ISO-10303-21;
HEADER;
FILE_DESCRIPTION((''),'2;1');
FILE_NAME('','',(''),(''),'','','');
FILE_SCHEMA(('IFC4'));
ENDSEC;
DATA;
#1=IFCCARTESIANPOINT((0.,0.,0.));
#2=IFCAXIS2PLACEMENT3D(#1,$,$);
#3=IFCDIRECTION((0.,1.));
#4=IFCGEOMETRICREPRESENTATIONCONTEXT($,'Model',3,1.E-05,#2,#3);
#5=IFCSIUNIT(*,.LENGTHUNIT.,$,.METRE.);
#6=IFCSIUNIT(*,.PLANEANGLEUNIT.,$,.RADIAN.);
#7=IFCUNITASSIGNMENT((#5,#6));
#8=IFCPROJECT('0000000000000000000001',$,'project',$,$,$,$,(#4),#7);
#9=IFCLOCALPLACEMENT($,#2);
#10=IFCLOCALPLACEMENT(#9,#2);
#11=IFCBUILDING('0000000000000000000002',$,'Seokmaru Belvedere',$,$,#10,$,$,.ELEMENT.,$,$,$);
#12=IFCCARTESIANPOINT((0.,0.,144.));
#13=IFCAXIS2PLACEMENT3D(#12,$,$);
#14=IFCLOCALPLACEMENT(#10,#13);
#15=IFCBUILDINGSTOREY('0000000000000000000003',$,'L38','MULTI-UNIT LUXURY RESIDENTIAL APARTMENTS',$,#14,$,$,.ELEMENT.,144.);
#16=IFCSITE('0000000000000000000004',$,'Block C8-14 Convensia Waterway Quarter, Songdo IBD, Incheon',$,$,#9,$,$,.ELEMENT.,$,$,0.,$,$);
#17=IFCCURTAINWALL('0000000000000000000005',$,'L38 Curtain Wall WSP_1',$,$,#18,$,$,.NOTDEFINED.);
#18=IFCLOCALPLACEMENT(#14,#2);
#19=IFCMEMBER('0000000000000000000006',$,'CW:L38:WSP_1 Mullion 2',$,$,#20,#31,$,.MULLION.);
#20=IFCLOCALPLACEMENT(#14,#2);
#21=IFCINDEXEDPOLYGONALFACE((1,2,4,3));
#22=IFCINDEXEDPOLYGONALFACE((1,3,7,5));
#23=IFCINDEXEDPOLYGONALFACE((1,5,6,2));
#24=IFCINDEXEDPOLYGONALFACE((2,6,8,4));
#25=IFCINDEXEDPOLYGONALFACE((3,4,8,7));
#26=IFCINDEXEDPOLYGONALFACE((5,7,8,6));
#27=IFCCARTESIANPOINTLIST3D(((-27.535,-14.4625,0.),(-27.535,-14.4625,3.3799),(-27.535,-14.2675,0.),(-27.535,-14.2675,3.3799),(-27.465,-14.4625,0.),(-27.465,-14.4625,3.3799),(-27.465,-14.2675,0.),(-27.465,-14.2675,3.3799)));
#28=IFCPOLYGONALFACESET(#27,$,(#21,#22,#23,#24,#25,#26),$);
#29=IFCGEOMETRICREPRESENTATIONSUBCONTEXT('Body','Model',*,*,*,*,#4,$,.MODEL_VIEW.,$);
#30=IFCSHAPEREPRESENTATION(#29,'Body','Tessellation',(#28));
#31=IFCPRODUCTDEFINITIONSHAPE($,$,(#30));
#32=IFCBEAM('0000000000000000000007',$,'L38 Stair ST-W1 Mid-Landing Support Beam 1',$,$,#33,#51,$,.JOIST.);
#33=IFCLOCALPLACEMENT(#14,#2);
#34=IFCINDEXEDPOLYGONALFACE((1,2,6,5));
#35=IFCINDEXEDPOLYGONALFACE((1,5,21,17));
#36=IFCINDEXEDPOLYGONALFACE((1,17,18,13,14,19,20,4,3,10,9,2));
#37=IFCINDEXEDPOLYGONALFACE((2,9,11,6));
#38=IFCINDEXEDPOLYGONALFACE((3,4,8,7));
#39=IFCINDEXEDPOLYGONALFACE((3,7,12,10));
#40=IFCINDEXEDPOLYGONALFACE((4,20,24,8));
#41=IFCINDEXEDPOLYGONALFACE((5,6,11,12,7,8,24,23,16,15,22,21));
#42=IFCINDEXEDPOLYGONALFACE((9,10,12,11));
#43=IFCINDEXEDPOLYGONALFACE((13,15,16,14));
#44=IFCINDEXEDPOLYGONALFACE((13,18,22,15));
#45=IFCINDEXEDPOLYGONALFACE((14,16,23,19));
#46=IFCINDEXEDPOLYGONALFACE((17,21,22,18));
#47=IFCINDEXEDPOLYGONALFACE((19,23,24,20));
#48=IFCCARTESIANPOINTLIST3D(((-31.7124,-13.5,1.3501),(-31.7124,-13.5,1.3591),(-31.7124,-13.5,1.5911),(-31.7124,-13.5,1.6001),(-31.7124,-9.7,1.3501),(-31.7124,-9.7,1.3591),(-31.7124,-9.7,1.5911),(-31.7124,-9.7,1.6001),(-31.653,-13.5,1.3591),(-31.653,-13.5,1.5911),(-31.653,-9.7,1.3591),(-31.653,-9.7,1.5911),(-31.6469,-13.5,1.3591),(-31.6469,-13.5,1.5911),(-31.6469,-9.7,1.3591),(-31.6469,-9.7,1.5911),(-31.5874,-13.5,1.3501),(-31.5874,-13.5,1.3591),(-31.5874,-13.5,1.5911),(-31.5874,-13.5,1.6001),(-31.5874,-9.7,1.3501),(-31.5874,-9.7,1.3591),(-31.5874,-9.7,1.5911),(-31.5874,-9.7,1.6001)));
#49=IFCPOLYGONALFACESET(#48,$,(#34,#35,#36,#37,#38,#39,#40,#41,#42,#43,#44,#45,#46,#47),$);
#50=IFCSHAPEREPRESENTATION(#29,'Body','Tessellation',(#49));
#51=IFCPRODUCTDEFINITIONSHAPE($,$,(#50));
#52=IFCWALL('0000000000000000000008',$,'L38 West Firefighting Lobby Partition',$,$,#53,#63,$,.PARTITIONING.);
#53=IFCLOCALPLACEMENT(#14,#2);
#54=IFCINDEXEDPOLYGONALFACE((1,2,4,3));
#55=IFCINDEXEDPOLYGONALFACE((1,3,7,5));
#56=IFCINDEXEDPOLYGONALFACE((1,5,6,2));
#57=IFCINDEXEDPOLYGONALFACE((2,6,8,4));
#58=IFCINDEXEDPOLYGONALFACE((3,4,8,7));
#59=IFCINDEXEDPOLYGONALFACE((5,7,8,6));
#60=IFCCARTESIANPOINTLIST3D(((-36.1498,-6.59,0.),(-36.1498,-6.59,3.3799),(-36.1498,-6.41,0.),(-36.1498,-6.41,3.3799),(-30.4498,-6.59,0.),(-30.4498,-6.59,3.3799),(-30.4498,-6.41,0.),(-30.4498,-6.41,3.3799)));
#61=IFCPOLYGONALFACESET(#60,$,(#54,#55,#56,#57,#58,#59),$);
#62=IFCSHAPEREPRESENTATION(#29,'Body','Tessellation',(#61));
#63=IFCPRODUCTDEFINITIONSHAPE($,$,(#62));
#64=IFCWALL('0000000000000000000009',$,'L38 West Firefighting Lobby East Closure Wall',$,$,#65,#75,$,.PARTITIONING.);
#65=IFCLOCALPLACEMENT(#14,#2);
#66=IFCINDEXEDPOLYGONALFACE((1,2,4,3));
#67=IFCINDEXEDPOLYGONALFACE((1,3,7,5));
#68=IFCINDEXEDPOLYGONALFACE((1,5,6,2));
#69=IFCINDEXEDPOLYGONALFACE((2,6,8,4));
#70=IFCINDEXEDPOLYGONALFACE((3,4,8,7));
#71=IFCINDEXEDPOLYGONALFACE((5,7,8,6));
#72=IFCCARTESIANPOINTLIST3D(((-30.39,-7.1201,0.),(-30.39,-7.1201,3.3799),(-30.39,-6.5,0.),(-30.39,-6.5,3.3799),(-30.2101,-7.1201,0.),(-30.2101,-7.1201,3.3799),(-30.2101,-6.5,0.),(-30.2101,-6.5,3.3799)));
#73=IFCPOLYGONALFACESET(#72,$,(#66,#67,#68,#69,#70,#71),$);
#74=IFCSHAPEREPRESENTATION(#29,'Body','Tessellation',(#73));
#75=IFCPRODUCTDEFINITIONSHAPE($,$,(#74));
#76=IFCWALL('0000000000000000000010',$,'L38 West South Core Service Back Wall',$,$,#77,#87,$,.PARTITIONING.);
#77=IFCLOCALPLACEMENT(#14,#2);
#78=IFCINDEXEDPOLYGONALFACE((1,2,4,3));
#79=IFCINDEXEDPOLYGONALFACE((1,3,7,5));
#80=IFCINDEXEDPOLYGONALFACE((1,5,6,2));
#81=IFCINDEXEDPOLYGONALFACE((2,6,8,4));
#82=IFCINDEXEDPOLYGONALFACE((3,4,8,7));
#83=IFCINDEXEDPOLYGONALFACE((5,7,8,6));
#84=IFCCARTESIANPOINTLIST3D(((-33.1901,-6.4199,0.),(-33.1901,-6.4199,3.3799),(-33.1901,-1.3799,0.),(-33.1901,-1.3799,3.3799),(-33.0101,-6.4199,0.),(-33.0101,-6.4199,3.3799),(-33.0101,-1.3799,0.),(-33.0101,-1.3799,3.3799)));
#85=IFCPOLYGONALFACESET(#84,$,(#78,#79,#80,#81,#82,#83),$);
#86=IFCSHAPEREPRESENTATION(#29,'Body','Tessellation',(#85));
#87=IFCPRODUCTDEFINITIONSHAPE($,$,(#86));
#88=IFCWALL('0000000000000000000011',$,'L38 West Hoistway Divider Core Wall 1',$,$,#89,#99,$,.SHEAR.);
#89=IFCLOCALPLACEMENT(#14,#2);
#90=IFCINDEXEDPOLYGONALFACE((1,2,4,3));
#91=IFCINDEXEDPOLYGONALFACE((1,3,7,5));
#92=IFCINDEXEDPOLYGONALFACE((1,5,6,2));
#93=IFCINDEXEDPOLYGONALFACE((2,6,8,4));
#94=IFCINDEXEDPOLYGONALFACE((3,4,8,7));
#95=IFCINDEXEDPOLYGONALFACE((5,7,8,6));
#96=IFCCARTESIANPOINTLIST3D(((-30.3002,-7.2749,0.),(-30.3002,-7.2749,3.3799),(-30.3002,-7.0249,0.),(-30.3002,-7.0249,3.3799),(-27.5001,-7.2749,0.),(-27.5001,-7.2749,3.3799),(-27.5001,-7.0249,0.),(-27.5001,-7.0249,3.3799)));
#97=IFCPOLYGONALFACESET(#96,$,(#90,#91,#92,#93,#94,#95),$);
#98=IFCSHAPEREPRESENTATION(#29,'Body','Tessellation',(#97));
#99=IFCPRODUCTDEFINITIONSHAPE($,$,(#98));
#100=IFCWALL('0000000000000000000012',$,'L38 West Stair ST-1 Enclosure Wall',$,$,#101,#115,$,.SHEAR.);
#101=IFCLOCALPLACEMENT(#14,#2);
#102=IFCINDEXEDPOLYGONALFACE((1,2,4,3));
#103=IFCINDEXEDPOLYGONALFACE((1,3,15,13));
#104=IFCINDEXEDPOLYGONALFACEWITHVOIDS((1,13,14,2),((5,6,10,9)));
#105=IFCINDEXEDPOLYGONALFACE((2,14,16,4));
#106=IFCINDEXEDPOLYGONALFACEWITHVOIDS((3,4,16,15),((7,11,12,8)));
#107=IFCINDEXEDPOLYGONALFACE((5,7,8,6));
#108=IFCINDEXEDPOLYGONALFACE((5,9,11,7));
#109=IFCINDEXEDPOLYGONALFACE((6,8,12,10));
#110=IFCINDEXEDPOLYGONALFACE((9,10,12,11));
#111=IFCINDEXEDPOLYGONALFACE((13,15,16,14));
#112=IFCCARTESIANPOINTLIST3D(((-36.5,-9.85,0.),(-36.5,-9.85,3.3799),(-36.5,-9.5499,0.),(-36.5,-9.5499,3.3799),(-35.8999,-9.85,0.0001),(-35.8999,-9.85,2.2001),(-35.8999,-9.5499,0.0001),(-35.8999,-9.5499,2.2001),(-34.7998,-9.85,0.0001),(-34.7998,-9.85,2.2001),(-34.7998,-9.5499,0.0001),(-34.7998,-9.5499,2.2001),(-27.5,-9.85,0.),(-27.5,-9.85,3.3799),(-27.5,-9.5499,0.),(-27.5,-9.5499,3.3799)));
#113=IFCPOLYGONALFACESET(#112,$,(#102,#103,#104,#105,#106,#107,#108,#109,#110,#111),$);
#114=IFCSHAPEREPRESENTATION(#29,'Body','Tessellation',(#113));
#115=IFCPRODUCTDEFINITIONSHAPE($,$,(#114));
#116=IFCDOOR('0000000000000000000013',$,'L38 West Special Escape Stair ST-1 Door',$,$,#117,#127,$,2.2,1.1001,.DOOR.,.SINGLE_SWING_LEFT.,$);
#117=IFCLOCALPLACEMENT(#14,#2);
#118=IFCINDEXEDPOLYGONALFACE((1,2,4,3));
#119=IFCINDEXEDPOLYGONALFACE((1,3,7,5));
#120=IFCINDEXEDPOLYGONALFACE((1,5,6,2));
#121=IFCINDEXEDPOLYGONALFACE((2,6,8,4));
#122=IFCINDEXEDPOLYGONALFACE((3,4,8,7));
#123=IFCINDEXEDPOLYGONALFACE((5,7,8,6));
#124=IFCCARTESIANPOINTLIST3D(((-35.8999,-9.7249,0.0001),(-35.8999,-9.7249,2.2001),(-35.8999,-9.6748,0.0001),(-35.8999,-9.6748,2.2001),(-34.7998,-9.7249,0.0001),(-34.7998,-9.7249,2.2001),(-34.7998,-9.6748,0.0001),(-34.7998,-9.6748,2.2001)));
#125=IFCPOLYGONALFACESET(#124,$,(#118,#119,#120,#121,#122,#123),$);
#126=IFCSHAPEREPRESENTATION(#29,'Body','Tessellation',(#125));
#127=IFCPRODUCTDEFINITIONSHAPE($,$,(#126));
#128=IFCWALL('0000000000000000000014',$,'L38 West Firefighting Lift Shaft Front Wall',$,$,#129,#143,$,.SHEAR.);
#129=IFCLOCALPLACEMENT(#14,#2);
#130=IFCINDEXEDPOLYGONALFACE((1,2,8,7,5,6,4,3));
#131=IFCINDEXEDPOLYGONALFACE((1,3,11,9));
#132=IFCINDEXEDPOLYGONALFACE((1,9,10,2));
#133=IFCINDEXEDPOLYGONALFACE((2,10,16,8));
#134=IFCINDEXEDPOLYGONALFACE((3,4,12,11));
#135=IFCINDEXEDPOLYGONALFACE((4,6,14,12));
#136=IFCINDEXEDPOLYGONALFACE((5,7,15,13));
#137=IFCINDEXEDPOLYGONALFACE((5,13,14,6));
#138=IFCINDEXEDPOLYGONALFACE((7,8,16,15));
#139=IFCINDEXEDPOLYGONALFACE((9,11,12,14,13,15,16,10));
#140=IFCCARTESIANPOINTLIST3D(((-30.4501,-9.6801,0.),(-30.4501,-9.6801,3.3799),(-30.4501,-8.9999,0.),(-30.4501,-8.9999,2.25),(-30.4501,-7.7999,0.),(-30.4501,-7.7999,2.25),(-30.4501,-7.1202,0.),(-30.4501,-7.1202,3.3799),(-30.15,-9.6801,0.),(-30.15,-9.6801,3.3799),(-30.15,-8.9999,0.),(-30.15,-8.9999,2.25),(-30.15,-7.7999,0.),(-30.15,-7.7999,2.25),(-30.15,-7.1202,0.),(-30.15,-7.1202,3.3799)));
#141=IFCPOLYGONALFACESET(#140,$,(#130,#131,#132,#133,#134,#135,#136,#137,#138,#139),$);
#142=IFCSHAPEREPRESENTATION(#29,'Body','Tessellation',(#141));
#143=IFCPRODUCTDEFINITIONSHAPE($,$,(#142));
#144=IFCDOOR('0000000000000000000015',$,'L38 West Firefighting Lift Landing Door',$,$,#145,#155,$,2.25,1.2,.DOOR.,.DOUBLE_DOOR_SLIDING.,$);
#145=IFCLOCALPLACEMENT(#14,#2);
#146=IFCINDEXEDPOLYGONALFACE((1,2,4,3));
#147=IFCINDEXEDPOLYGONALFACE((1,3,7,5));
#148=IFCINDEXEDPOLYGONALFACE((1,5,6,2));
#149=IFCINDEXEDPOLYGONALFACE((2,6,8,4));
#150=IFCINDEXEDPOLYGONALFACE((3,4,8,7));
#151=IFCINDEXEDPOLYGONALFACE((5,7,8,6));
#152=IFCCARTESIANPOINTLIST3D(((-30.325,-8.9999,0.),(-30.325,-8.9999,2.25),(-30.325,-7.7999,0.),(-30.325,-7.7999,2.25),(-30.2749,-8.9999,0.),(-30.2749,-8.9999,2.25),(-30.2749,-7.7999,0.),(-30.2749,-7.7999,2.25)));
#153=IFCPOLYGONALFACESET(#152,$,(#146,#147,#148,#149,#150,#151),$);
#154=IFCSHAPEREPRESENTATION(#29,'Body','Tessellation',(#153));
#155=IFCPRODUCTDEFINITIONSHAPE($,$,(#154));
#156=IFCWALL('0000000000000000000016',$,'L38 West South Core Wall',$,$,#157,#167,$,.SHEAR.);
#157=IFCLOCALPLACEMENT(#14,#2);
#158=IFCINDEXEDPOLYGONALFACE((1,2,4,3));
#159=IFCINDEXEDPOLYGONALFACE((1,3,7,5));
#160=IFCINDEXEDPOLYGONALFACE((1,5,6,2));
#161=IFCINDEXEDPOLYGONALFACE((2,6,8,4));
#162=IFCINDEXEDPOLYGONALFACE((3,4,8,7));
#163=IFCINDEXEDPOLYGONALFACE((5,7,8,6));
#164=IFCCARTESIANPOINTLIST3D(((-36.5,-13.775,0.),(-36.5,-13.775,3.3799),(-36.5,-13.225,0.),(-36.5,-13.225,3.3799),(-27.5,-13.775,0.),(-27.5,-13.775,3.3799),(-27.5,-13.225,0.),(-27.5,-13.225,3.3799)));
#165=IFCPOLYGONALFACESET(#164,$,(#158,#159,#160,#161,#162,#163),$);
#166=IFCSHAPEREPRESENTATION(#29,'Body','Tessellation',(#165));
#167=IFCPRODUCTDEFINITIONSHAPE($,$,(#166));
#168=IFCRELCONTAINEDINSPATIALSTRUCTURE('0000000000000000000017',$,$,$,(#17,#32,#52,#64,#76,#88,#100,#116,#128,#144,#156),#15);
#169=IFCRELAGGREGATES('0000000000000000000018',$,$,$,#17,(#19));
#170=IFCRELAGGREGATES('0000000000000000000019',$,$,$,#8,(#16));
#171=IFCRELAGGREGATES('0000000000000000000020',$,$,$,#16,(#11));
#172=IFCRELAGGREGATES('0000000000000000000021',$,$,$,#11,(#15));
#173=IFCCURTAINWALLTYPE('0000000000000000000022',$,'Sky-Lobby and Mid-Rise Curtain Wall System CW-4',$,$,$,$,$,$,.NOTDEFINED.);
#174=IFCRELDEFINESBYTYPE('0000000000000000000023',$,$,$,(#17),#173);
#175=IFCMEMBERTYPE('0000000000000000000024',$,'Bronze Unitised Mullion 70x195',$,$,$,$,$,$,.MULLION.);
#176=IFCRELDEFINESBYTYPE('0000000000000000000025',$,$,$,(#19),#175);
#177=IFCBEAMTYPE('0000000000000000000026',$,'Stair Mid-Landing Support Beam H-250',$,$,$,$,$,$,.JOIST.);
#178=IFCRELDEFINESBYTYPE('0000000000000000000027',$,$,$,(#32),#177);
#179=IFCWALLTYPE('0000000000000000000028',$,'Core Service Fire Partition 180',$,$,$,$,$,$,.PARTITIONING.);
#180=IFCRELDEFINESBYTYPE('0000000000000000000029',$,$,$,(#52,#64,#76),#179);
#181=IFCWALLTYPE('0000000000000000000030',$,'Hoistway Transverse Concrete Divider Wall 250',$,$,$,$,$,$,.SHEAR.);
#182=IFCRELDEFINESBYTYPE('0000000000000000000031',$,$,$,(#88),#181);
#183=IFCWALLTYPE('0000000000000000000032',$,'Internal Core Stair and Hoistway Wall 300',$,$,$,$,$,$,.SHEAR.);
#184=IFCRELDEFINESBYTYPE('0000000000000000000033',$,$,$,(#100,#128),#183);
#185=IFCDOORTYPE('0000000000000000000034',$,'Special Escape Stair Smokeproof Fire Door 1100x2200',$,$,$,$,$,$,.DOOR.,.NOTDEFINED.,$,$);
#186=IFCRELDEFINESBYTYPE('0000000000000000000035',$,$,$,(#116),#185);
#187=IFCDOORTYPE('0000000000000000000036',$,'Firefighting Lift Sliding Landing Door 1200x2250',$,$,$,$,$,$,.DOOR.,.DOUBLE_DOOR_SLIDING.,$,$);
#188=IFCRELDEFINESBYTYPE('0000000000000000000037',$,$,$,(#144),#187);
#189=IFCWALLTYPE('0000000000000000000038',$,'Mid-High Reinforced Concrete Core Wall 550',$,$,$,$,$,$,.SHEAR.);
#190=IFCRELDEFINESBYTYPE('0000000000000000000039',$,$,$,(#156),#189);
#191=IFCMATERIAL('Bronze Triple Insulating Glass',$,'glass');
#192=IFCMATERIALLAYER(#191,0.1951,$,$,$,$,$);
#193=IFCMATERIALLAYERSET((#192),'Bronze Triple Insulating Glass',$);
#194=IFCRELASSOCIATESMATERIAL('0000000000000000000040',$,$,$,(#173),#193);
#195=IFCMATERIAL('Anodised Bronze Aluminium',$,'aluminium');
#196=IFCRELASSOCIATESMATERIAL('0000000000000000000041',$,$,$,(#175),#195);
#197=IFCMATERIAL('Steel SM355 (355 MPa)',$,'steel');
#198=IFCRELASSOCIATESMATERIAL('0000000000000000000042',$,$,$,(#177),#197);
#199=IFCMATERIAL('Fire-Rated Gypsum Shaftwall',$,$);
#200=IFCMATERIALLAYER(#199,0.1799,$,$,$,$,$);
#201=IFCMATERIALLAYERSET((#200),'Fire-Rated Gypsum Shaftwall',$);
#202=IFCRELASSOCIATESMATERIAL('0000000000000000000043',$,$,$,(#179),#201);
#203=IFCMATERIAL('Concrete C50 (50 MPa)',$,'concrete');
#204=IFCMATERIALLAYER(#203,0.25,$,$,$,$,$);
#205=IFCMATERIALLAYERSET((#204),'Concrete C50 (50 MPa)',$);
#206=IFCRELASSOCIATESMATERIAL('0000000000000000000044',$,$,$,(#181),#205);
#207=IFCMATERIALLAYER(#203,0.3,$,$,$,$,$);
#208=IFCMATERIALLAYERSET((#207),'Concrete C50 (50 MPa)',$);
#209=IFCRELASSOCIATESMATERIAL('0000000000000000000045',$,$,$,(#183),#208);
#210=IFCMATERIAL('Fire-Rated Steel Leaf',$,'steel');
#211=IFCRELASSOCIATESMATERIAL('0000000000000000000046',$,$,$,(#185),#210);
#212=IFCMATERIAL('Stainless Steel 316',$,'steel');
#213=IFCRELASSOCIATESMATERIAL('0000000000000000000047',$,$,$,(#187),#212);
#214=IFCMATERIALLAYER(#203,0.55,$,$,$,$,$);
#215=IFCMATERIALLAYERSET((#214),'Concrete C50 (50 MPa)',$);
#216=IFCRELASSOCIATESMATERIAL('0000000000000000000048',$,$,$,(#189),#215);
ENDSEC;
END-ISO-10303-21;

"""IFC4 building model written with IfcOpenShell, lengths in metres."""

from ifc_helpers import new_model, si_unit, direction, frame, frame_2d, origin, origin_2d, place, context, subcontext, project, spatial, rectangle, i_section, extrude, source, transform, mapped, material, layer, layer_set, material_profile, profile_set, type_object, type_shapes, element, fill, aggregate, save


model = new_model("IFC4")

# Units and contexts
model_context = context("Model", 3, precision=1e-05, world=origin(), true_north=direction((0.0, 1.0)))
body_context = subcontext(model_context, "Body", "Model", "MODEL_VIEW")
ifc_project = project(units=[si_unit("LENGTHUNIT", "METRE"), si_unit("PLANEANGLEUNIT", "RADIAN")], contexts=[model_context])

# Site, building, storey
site_placement = place(None, origin())
site = spatial("IfcSite", under=ifc_project, at=site_placement, Name="Block C8-14 Convensia Waterway Quarter, Songdo IBD, Incheon", CompositionType="ELEMENT", RefElevation=0.0)
building_placement = place(site_placement, origin())
building = spatial("IfcBuilding", under=site, at=building_placement, Name="Seokmaru Belvedere", CompositionType="ELEMENT")
storey_placement = place(building_placement, frame((0.0, 0.0, 144.0)))
storey = spatial("IfcBuildingStorey", under=building, at=storey_placement, Name="L38", Description="MULTI-UNIT LUXURY RESIDENTIAL APARTMENTS", CompositionType="ELEMENT", Elevation=144.0)

# Shared definitions
ifc_material_1 = material(Name="Steel SM355 (355 MPa)", Category="steel")

# Curtain wall, member
ifc_material_2 = material(Name="Bronze Triple Insulating Glass", Category="glass")
ifc_layer_1 = layer(ifc_material_2, 0.1951)
ifc_layer_set_1 = layer_set([ifc_layer_1], Name="Bronze Triple Insulating Glass")
curtain_wall_type = type_object("IfcCurtainWallType", Name="Sky-Lobby and Mid-Rise Curtain Wall System CW-4", PredefinedType="NOTDEFINED", material=ifc_layer_set_1)
curtain_wall_placement = place(storey_placement, origin())
curtain_wall = element("IfcCurtainWall", 1, at=curtain_wall_placement, inside=storey, type_object=curtain_wall_type, Name="L38 Curtain Wall WSP_1", PredefinedType="NOTDEFINED")
ifc_material_3 = material(Name="Anodised Bronze Aluminium", Category="aluminium")
ifc_material_profile_1 = material_profile(ifc_material_3, rectangle(XDim=0.0701, YDim=0.1951, at=origin_2d()), Name="CW-M-70x195")
ifc_profile_set_1 = profile_set([ifc_material_profile_1], Name="Anodised Bronze Aluminium")
member_type = type_object("IfcMemberType", Name="Bronze Unitised Mullion 70x195", PredefinedType="MULLION", material=ifc_profile_set_1)
shared_shape_1 = source(origin(), body_context, "Body", "SweptSolid", [
    extrude(rectangle(XDim=0.0701, YDim=0.1951, at=origin_2d()), origin(), (0.0, 0.0, 1.0), 3.3799),
])
type_shapes(member_type, [shared_shape_1])
member_placement = place(storey_placement, frame((-27.5, -14.365, 0.0), z_axis=(0.0, 0.0, 1.0), x_axis=(-1.0, 0.0, 0.0)))
member = element("IfcMember", 2, at=member_placement, type_object=member_type, Name="CW:L38:WSP_1 Mullion 2", PredefinedType="MULLION", context=body_context, shape_type="MappedRepresentation", body=[
    mapped(shared_shape_1, transform((0.0, 0.0, 0.0), scale=1.0)),
])
aggregate(curtain_wall, [member])

# Beam
ifc_material_profile_2 = material_profile(ifc_material_1, i_section(OverallWidth=0.125, OverallDepth=0.25, WebThickness=0.0061, FlangeThickness=0.009, at=origin_2d()), Name="H-250x125x6x9")
ifc_profile_set_2 = profile_set([ifc_material_profile_2], Name="Steel SM355 (355 MPa)")
beam_type_1 = type_object("IfcBeamType", Name="Stair Mid-Landing Support Beam H-250", PredefinedType="JOIST", material=ifc_profile_set_2)
shared_shape_2 = source(origin(), body_context, "Body", "SweptSolid", [
    extrude(i_section(OverallWidth=0.125, OverallDepth=0.25, WebThickness=0.0061, FlangeThickness=0.009, at=origin_2d()), origin(), (0.0, 0.0, 1.0), 3.8),
])
type_shapes(beam_type_1, [shared_shape_2])
beam_1_placement = place(storey_placement, frame((-31.6499, -13.5, 1.4751), z_axis=(0.0, 1.0, 0.0), x_axis=(-1.0, 0.0, 0.0)))
element("IfcBeam", 3, at=beam_1_placement, inside=storey, type_object=beam_type_1, Name="L38 Stair ST-W1 Mid-Landing Support Beam 1", PredefinedType="JOIST", context=body_context, shape_type="MappedRepresentation", body=[
    mapped(shared_shape_2, transform((0.0, 0.0, 0.0), scale=1.0)),
])

# Walls
ifc_material_4 = material(Name="Fire-Rated Gypsum Shaftwall")
ifc_layer_2 = layer(ifc_material_4, 0.1799)
ifc_layer_set_2 = layer_set([ifc_layer_2], Name="Fire-Rated Gypsum Shaftwall")
wall_type_1 = type_object("IfcWallType", Name="Core Service Fire Partition 180", PredefinedType="PARTITIONING", material=ifc_layer_set_2)
wall_1_placement = place(storey_placement, frame((-36.1499, -6.5, 0.0), z_axis=(0.0, 0.0, 1.0), x_axis=(1.0, 0.0, 0.0)))
element("IfcWall", 4, at=wall_1_placement, inside=storey, type_object=wall_type_1, Name="L38 West Firefighting Lobby Partition", PredefinedType="PARTITIONING", context=body_context, shape_type="SweptSolid", body=[
    extrude(rectangle(XDim=5.7, YDim=0.1799, at=frame_2d((2.8501, 0.0))), origin(), (0.0, 0.0, 1.0), 3.3799),
])
wall_2_placement = place(storey_placement, frame((-30.3, -7.1201, 0.0), z_axis=(0.0, 0.0, 1.0), x_axis=(0.0, 1.0, 0.0)))
element("IfcWall", 5, at=wall_2_placement, inside=storey, type_object=wall_type_1, Name="L38 West Firefighting Lobby East Closure Wall", PredefinedType="PARTITIONING", context=body_context, shape_type="SweptSolid", body=[
    extrude(rectangle(XDim=0.6201, YDim=0.1799, at=frame_2d((0.3101, 0.0))), origin(), (0.0, 0.0, 1.0), 3.3799),
])
wall_3_placement = place(storey_placement, frame((-33.1001, -6.4199, 0.0), z_axis=(0.0, 0.0, 1.0), x_axis=(0.0, 1.0, 0.0)))
element("IfcWall", 6, at=wall_3_placement, inside=storey, type_object=wall_type_1, Name="L38 West South Core Service Back Wall", PredefinedType="PARTITIONING", context=body_context, shape_type="SweptSolid", body=[
    extrude(rectangle(XDim=5.04, YDim=0.1799, at=frame_2d((2.52, 0.0))), origin(), (0.0, 0.0, 1.0), 3.3799),
])
ifc_material_5 = material(Name="Concrete C50 (50 MPa)", Category="concrete")
ifc_layer_3 = layer(ifc_material_5, 0.25)
ifc_layer_set_3 = layer_set([ifc_layer_3], Name="Concrete C50 (50 MPa)")
wall_type_2 = type_object("IfcWallType", Name="Hoistway Transverse Concrete Divider Wall 250", PredefinedType="SHEAR", material=ifc_layer_set_3)
wall_4_placement = place(storey_placement, frame((-30.3, -7.1499, 0.0), z_axis=(0.0, 0.0, 1.0), x_axis=(1.0, 0.0, 0.0)))
element("IfcWall", 7, at=wall_4_placement, inside=storey, type_object=wall_type_2, Name="L38 West Hoistway Divider Core Wall 1", PredefinedType="SHEAR", context=body_context, shape_type="SweptSolid", body=[
    extrude(rectangle(XDim=2.8, YDim=0.25, at=frame_2d((1.3999, 0.0))), origin(), (0.0, 0.0, 1.0), 3.3799),
])

# Walls, openings, doors
ifc_layer_4 = layer(ifc_material_5, 0.3)
ifc_layer_set_4 = layer_set([ifc_layer_4], Name="Concrete C50 (50 MPa)")
wall_type_3 = type_object("IfcWallType", Name="Internal Core Stair and Hoistway Wall 300", PredefinedType="SHEAR", material=ifc_layer_set_4)
wall_5_placement = place(storey_placement, frame((-36.5, -9.7, 0.0), z_axis=(0.0, 0.0, 1.0), x_axis=(1.0, 0.0, 0.0)))
wall_5 = element("IfcWall", 8, at=wall_5_placement, inside=storey, type_object=wall_type_3, Name="L38 West Stair ST-1 Enclosure Wall", PredefinedType="SHEAR", context=body_context, shape_type="SweptSolid", body=[
    extrude(rectangle(XDim=9.0, YDim=0.3, at=frame_2d((4.5, 0.0))), origin(), (0.0, 0.0, 1.0), 3.3799),
])
opening_1_placement = place(wall_5_placement, frame((0.6001, 0.0, 0.0)))
opening_1 = element("IfcOpeningElement", 9, at=opening_1_placement, cuts=wall_5, PredefinedType="OPENING", context=body_context, shape_type="SweptSolid", body=[
    extrude(rectangle(XDim=1.1001, YDim=2.2, at=frame_2d((0.55, 1.1001))), frame((0.0, 0.1602, 0.0), z_axis=(0.0, -1.0, 0.0), x_axis=(1.0, 0.0, 0.0)), (0.0, 0.0, 1.0), 0.3201),
])
ifc_material_6 = material(Name="Fire-Rated Steel Leaf", Category="steel")
door_type_1 = type_object("IfcDoorType", Name="Special Escape Stair Smokeproof Fire Door 1100x2200", OperationType="NOTDEFINED", PredefinedType="DOOR", material=ifc_material_6)
shared_shape_3 = source(origin(), body_context, "Body", "SweptSolid", [
    extrude(rectangle(XDim=1.1001, YDim=2.2, at=frame_2d((0.55, 1.1001))), frame((0.0, 0.0249, 0.0), z_axis=(0.0, -1.0, 0.0), x_axis=(1.0, 0.0, 0.0)), (0.0, 0.0, 1.0), 0.05),
])
type_shapes(door_type_1, [shared_shape_3])
door_1_placement = place(opening_1_placement, frame((1.1001, 0.0, 0.0), z_axis=(0.0, 0.0, 1.0), x_axis=(-1.0, 0.0, 0.0)))
door_1 = element("IfcDoor", 10, at=door_1_placement, inside=storey, type_object=door_type_1, Name="L38 West Special Escape Stair ST-1 Door", OperationType="SINGLE_SWING_LEFT", OverallHeight=2.2, OverallWidth=1.1001, PredefinedType="DOOR", context=body_context, shape_type="MappedRepresentation", body=[
    mapped(shared_shape_3, transform((0.0, 0.0, 0.0), scale=1.0)),
])
fill(opening_1, door_1)
wall_6_placement = place(storey_placement, frame((-30.3, -9.6799, 0.0), z_axis=(0.0, 0.0, 1.0), x_axis=(0.0, 1.0, 0.0)))
wall_6 = element("IfcWall", 11, at=wall_6_placement, inside=storey, type_object=wall_type_3, Name="L38 West Firefighting Lift Shaft Front Wall", PredefinedType="SHEAR", context=body_context, shape_type="SweptSolid", body=[
    extrude(rectangle(XDim=2.5598, YDim=0.3, at=frame_2d((1.2798, 0.0))), origin(), (0.0, 0.0, 1.0), 3.3799),
])
opening_2_placement = place(wall_6_placement, frame((0.6799, 0.0, 0.0)))
opening_2 = element("IfcOpeningElement", 12, at=opening_2_placement, cuts=wall_6, PredefinedType="OPENING", context=body_context, shape_type="SweptSolid", body=[
    extrude(rectangle(XDim=1.2, YDim=2.25, at=frame_2d((0.6001, 1.125))), frame((0.0, 0.1602, 0.0), z_axis=(0.0, -1.0, 0.0), x_axis=(1.0, 0.0, 0.0)), (0.0, 0.0, 1.0), 0.3201),
])
ifc_material_7 = material(Name="Stainless Steel 316", Category="steel")
door_type_2 = type_object("IfcDoorType", Name="Firefighting Lift Sliding Landing Door 1200x2250", OperationType="DOUBLE_DOOR_SLIDING", PredefinedType="DOOR", material=ifc_material_7)
shared_shape_4 = source(origin(), body_context, "Body", "SweptSolid", [
    extrude(rectangle(XDim=1.2, YDim=2.25, at=frame_2d((0.6001, 1.125))), frame((0.0, 0.0249, 0.0), z_axis=(0.0, -1.0, 0.0), x_axis=(1.0, 0.0, 0.0)), (0.0, 0.0, 1.0), 0.05),
])
type_shapes(door_type_2, [shared_shape_4])
door_2_placement = place(opening_2_placement, origin())
door_2 = element("IfcDoor", 13, at=door_2_placement, inside=storey, type_object=door_type_2, Name="L38 West Firefighting Lift Landing Door", OperationType="DOUBLE_DOOR_SLIDING", OverallHeight=2.25, OverallWidth=1.2, PredefinedType="DOOR", context=body_context, shape_type="MappedRepresentation", body=[
    mapped(shared_shape_4, transform((0.0, 0.0, 0.0), scale=1.0)),
])
fill(opening_2, door_2)

# Wall
ifc_layer_5 = layer(ifc_material_5, 0.55)
ifc_layer_set_5 = layer_set([ifc_layer_5], Name="Concrete C50 (50 MPa)")
wall_type_4 = type_object("IfcWallType", Name="Mid-High Reinforced Concrete Core Wall 550", PredefinedType="SHEAR", material=ifc_layer_set_5)
wall_7_placement = place(storey_placement, frame((-36.5, -13.5, 0.0), z_axis=(0.0, 0.0, 1.0), x_axis=(1.0, 0.0, 0.0)))
element("IfcWall", 14, at=wall_7_placement, inside=storey, type_object=wall_type_4, Name="L38 West South Core Wall", PredefinedType="SHEAR", context=body_context, shape_type="SweptSolid", body=[
    extrude(rectangle(XDim=9.0, YDim=0.55, at=frame_2d((4.5, 0.0))), origin(), (0.0, 0.0, 1.0), 3.3799),
])

save(model, "model.ifc")
